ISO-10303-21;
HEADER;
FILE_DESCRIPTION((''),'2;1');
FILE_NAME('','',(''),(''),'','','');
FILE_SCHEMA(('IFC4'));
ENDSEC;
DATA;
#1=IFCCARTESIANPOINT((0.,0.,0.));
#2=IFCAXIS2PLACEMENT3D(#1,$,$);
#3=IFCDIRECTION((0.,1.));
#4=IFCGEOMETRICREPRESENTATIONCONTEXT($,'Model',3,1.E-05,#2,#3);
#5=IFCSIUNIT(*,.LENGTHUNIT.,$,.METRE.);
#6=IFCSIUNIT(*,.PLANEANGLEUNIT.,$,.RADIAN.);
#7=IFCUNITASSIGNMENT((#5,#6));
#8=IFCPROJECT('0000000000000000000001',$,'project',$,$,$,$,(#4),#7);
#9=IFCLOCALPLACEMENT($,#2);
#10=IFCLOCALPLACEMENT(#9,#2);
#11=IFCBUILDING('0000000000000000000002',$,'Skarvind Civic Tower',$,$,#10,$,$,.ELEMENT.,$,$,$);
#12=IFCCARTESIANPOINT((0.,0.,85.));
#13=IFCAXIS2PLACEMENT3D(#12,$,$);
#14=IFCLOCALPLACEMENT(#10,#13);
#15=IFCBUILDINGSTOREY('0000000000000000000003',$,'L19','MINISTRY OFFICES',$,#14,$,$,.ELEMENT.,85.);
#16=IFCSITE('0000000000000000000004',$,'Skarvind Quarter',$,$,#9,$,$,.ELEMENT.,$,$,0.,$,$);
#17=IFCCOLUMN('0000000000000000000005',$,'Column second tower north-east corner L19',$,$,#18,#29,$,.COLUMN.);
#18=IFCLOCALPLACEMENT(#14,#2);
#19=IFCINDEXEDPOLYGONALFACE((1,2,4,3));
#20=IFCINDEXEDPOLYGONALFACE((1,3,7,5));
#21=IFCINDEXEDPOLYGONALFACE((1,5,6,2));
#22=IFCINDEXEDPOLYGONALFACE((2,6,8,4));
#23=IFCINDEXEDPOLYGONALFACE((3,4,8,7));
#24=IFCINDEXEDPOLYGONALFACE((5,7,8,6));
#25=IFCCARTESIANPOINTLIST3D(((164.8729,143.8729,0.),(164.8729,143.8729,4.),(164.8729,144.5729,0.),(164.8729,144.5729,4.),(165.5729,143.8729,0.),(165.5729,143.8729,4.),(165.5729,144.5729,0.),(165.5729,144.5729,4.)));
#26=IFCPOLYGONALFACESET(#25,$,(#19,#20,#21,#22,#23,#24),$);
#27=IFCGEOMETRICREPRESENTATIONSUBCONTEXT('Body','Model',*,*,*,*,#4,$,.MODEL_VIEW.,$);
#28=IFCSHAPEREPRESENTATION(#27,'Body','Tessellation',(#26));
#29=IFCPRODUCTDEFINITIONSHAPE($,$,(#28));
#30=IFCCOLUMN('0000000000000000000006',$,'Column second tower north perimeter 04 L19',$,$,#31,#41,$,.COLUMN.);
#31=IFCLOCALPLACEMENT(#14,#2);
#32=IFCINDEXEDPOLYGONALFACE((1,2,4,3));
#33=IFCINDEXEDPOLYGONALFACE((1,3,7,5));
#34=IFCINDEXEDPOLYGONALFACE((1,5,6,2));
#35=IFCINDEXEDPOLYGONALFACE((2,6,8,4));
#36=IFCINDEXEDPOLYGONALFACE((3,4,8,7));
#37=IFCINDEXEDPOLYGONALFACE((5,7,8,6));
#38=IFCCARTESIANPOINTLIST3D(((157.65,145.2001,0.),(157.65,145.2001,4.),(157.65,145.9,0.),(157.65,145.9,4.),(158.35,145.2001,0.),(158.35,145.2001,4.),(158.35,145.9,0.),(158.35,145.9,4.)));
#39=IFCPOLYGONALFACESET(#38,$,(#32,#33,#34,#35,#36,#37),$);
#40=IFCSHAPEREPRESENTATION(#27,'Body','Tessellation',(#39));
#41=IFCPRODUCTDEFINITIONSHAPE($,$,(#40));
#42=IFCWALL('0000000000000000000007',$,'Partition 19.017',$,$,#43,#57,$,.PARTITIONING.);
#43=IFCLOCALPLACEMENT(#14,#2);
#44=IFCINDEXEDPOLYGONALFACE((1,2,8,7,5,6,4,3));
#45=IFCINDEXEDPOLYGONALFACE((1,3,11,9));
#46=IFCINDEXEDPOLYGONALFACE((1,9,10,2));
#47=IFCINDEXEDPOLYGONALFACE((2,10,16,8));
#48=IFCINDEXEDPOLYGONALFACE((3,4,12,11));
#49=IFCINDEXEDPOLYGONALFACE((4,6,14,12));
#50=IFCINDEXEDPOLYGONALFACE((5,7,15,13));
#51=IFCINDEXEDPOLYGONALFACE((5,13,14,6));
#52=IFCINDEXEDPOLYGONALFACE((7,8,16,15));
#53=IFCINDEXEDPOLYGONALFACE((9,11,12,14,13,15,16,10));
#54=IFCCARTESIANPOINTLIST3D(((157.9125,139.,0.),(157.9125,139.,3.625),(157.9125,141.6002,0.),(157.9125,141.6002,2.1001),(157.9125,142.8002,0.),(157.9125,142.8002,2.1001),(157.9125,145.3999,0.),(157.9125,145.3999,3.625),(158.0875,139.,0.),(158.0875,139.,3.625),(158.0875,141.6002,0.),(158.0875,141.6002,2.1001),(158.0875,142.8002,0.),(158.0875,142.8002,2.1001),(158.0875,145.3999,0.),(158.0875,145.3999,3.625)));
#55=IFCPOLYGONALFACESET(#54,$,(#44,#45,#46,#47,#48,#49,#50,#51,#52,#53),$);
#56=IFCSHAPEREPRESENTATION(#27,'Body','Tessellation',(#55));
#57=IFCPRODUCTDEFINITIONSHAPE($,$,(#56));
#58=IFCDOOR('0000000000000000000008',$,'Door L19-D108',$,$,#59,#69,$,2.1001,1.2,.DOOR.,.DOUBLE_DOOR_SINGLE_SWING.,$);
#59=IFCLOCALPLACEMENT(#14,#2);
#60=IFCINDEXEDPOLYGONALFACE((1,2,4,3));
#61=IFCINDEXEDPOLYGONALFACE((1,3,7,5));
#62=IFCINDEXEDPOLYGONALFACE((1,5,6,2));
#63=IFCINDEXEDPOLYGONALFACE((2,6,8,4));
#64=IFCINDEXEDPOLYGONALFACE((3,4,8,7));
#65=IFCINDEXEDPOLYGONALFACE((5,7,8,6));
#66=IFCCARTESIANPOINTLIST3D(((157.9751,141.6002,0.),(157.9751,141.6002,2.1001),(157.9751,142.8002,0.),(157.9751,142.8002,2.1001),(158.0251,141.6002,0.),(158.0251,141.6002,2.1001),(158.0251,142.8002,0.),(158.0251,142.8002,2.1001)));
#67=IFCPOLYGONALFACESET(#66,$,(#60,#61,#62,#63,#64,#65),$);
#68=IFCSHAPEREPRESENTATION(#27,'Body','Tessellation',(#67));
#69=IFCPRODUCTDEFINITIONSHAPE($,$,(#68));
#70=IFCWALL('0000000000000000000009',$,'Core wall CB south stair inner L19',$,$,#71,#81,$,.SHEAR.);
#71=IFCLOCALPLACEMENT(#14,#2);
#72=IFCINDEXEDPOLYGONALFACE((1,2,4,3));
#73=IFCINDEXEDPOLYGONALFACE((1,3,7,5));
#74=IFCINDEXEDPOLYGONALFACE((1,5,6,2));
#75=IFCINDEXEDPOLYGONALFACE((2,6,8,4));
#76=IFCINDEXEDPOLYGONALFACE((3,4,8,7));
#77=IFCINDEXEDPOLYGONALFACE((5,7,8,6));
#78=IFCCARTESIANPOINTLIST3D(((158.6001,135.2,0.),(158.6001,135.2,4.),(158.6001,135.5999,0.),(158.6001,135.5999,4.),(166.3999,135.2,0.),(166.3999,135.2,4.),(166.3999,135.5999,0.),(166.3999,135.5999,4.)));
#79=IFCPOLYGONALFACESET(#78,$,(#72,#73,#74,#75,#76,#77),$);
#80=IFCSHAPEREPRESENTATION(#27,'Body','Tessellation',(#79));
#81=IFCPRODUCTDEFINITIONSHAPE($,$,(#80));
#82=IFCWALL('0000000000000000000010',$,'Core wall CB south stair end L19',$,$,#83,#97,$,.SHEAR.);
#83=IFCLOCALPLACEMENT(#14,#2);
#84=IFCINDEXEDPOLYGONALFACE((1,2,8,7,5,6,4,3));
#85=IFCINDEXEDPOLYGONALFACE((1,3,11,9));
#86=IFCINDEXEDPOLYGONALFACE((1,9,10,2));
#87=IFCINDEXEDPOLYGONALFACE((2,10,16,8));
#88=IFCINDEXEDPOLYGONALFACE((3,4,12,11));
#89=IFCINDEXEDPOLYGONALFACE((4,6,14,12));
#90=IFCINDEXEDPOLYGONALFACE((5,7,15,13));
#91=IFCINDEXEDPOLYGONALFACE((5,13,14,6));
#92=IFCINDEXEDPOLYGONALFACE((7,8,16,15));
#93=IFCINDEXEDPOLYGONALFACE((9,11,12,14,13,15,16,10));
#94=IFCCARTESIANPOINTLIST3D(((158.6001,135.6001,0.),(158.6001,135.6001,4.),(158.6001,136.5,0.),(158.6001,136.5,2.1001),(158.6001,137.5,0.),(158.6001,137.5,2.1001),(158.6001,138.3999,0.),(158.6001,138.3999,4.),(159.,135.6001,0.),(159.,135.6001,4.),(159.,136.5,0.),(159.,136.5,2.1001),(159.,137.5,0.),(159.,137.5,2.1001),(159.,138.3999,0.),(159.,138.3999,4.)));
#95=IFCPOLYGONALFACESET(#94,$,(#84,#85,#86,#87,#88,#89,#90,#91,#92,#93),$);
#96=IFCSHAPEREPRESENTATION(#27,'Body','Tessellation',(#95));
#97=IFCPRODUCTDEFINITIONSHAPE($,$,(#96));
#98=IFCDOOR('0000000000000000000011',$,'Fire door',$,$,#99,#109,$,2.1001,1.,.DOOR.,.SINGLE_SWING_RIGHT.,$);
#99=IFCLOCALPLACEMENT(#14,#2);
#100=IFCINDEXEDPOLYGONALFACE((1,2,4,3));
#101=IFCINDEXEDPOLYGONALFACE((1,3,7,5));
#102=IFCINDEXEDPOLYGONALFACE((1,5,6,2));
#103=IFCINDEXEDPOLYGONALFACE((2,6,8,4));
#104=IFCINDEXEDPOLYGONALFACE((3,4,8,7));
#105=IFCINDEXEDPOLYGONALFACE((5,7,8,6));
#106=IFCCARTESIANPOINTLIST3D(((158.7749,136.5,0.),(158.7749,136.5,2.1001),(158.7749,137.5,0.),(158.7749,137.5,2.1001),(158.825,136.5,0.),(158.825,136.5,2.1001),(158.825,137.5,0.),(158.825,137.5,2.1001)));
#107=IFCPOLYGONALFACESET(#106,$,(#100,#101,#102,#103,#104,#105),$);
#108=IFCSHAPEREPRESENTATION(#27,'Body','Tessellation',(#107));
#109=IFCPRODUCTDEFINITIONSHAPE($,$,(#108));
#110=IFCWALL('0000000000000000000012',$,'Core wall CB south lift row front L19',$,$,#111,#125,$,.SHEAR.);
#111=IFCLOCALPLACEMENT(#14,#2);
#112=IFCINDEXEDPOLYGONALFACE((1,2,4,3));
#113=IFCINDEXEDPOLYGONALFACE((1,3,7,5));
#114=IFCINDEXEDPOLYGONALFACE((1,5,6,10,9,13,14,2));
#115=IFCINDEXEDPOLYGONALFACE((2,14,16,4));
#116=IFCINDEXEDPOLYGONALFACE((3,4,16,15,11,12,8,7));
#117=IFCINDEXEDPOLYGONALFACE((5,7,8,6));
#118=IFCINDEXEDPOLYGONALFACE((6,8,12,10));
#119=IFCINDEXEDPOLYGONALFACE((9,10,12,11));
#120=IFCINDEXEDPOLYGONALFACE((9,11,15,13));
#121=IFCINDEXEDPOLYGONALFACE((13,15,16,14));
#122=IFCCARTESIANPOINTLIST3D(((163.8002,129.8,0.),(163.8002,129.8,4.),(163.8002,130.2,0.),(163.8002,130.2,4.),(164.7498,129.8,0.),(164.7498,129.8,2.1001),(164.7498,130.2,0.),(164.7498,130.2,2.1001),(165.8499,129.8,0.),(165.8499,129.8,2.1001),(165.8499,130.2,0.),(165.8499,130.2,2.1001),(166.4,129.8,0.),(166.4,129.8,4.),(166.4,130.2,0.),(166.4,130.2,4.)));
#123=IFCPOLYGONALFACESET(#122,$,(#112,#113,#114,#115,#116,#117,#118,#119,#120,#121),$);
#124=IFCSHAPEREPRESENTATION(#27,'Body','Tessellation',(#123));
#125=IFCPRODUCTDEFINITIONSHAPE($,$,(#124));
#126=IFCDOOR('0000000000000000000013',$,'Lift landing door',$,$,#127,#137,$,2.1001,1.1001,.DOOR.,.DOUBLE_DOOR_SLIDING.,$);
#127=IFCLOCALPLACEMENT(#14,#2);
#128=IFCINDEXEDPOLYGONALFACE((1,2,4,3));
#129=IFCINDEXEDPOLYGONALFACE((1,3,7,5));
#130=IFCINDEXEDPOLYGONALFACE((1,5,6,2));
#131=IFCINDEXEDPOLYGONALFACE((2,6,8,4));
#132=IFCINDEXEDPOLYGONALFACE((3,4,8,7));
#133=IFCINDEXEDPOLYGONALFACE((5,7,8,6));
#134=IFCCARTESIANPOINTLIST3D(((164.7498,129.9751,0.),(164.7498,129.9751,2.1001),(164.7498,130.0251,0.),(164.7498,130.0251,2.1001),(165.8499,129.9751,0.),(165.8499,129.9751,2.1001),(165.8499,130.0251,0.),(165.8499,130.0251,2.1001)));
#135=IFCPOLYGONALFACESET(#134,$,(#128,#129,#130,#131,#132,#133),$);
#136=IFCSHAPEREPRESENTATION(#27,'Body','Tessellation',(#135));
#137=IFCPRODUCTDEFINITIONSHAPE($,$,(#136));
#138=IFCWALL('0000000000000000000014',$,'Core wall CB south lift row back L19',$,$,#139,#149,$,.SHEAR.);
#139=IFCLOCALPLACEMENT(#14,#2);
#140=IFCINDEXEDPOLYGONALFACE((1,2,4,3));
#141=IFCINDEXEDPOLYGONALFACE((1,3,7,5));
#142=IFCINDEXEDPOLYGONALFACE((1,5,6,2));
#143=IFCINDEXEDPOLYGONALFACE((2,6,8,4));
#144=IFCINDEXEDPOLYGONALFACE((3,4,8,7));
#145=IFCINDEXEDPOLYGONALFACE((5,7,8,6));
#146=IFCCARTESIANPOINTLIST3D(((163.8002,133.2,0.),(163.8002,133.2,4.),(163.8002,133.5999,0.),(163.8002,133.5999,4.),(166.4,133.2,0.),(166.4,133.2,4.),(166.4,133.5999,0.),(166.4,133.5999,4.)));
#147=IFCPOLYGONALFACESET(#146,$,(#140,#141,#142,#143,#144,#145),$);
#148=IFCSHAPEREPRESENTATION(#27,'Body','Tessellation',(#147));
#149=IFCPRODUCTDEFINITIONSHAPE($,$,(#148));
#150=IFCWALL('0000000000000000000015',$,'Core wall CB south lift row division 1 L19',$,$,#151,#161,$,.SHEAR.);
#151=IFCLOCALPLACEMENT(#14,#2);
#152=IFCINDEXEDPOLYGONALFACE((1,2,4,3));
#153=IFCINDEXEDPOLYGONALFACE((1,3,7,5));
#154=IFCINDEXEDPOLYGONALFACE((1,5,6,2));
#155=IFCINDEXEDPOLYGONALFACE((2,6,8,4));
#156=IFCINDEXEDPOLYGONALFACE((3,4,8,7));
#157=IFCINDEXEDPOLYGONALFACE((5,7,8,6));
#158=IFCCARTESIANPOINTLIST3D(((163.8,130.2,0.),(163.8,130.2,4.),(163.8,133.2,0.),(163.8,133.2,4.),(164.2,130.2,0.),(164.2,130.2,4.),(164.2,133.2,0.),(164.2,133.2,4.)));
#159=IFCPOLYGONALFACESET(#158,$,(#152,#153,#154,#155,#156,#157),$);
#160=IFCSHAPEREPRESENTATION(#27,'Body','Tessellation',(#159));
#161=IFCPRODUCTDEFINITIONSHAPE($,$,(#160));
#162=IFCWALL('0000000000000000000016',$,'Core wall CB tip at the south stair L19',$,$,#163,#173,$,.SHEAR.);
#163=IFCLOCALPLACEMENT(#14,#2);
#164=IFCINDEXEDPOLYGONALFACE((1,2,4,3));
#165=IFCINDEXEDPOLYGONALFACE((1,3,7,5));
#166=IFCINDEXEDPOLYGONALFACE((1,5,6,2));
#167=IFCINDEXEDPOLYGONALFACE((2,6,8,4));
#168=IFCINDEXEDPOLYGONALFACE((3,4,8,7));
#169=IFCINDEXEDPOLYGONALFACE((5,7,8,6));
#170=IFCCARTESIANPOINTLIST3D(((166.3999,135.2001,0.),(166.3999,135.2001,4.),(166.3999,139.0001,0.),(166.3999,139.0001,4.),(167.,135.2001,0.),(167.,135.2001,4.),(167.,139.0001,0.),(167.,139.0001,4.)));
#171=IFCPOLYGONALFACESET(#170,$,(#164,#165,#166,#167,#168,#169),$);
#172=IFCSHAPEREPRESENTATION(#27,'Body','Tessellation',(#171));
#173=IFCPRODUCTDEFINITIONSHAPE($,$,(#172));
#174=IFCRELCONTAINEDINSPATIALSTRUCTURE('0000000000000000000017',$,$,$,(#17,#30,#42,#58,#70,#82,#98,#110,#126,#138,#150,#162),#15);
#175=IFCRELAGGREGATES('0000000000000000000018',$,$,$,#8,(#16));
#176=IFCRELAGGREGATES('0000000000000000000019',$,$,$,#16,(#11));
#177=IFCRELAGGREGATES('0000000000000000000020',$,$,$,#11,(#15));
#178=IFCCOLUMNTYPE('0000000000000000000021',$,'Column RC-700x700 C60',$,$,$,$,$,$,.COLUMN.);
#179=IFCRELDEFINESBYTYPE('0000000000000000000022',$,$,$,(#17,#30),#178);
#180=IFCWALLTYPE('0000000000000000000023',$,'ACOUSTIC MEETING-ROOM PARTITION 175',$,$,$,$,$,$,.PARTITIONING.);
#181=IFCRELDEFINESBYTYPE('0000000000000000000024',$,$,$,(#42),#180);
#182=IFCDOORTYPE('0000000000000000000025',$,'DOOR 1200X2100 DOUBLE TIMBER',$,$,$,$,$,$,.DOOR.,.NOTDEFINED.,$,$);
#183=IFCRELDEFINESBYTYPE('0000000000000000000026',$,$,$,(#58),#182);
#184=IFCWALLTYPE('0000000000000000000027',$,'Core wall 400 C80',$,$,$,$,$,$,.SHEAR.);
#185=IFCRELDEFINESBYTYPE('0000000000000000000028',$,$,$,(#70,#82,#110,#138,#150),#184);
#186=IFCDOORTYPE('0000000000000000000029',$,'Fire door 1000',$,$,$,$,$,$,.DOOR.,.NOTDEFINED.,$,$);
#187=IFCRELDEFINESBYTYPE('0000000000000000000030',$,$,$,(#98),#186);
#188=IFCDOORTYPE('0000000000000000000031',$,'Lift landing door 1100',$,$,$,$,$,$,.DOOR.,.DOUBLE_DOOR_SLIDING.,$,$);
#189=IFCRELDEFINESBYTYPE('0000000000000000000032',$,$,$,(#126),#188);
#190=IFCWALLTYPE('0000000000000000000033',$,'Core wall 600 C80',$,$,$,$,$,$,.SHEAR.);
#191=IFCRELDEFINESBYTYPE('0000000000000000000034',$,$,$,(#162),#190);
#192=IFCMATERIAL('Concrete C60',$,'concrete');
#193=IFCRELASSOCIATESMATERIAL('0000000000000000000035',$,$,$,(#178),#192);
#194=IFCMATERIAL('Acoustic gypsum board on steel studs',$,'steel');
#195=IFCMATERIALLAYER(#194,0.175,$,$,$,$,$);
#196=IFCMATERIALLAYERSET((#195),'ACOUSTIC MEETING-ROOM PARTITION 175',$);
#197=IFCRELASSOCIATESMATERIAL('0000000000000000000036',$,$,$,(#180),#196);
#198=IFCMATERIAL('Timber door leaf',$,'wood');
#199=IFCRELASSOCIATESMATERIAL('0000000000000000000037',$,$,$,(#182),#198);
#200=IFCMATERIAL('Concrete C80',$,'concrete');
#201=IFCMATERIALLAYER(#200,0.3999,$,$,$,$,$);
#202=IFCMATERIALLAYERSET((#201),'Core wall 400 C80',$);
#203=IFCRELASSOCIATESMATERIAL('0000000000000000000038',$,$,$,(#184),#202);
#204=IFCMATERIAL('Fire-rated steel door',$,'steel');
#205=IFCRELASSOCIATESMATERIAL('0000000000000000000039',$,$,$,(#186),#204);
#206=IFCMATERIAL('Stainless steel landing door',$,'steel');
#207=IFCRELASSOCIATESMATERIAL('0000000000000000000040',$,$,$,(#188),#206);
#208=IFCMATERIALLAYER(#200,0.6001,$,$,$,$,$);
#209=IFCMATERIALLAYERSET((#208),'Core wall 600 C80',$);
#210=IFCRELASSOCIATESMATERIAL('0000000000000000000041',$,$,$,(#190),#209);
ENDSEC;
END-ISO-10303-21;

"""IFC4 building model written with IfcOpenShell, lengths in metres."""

from ifc_helpers import new_model, si_unit, direction, frame, frame_2d, origin, origin_2d, place, context, subcontext, project, spatial, rectangle, extrude, material, layer, layer_set, material_profile, profile_set, type_object, element, fill, save


model = new_model("IFC4")

# Units and contexts
model_context = context("Model", 3, precision=1e-05, world=origin(), true_north=direction((0.0, 1.0)))
body_context = subcontext(model_context, "Body", "Model", "MODEL_VIEW")
ifc_project = project(units=[si_unit("LENGTHUNIT", "METRE"), si_unit("PLANEANGLEUNIT", "RADIAN")], contexts=[model_context])

# Site, building, storey
site_placement = place(None, origin())
site = spatial("IfcSite", under=ifc_project, at=site_placement, Name="Skarvind Quarter", CompositionType="ELEMENT", RefElevation=0.0)
building_placement = place(site_placement, origin())
building = spatial("IfcBuilding", under=site, at=building_placement, Name="Skarvind Civic Tower", CompositionType="ELEMENT")
storey_placement = place(building_placement, frame((0.0, 0.0, 85.0)))
storey = spatial("IfcBuildingStorey", under=building, at=storey_placement, Name="L19", Description="MINISTRY OFFICES", CompositionType="ELEMENT", Elevation=85.0)

# Columns
ifc_material_1 = material(Name="Concrete C60", Category="concrete")
ifc_material_profile = material_profile(ifc_material_1, rectangle(XDim=0.7, YDim=0.7, at=origin_2d()), Name="RC-700x700")
ifc_profile_set = profile_set([ifc_material_profile], Name="Concrete C60")
column_type = type_object("IfcColumnType", Name="Column RC-700x700 C60", PredefinedType="COLUMN", material=ifc_profile_set)
for number, where, z_axis, x_axis, name in (
    (1, (165.2229, 144.2229, 0.0), (0.0, 0.0, 1.0), (1.0, 0.0, 0.0), "Column second tower north-east corner L19"),
    (2, (158.0, 145.55, 0.0), (0.0, 0.0, 1.0), (1.0, 0.0, 0.0), "Column second tower north perimeter 04 L19"),
):
    element("IfcColumn", number, at=place(storey_placement, frame(where, z_axis=z_axis, x_axis=x_axis)), inside=storey, type_object=column_type, Name=name, PredefinedType="COLUMN", context=body_context, shape_type="SweptSolid", body=[
        extrude(rectangle(XDim=0.7, YDim=0.7, at=origin_2d()), origin(), (0.0, 0.0, 1.0), 4.0),
    ])

# Wall, opening, door
ifc_material_2 = material(Name="Acoustic gypsum board on steel studs", Category="steel")
ifc_layer_1 = layer(ifc_material_2, 0.175)
ifc_layer_set_1 = layer_set([ifc_layer_1], Name="ACOUSTIC MEETING-ROOM PARTITION 175")
wall_type_1 = type_object("IfcWallType", Name="ACOUSTIC MEETING-ROOM PARTITION 175", PredefinedType="PARTITIONING", material=ifc_layer_set_1)
wall_1_placement = place(storey_placement, frame((158.0, 139.0, 0.0), z_axis=(0.0, 0.0, 1.0), x_axis=(0.0, 1.0, 0.0)))
wall_1 = element("IfcWall", 3, at=wall_1_placement, inside=storey, type_object=wall_type_1, Name="Partition 19.017", PredefinedType="PARTITIONING", context=body_context, shape_type="SweptSolid", body=[
    extrude(rectangle(XDim=6.3999, YDim=0.175, at=frame_2d((3.2, 0.0))), origin(), (0.0, 0.0, 1.0), 3.625),
])
opening_1_placement = place(wall_1_placement, frame((2.6001, 0.0, 0.0)))
opening_1 = element("IfcOpeningElement", 4, at=opening_1_placement, cuts=wall_1, PredefinedType="OPENING", context=body_context, shape_type="SweptSolid", body=[
    extrude(rectangle(XDim=1.2, YDim=2.1001, at=frame_2d((0.6001, 1.05))), frame((0.0, 0.0974, 0.0), z_axis=(0.0, -1.0, 0.0), x_axis=(1.0, 0.0, 0.0)), (0.0, 0.0, 1.0), 0.1951),
])
ifc_material_3 = material(Name="Timber door leaf", Category="wood")
door_type_1 = type_object("IfcDoorType", Name="DOOR 1200X2100 DOUBLE TIMBER", OperationType="NOTDEFINED", PredefinedType="DOOR", material=ifc_material_3)
door_1_placement = place(opening_1_placement, origin())
door_1 = element("IfcDoor", 5, at=door_1_placement, inside=storey, type_object=door_type_1, Name="Door L19-D108", OperationType="DOUBLE_DOOR_SINGLE_SWING", OverallHeight=2.1001, OverallWidth=1.2, PredefinedType="DOOR", context=body_context, shape_type="SweptSolid", body=[
    extrude(rectangle(XDim=1.2, YDim=2.1001, at=frame_2d((0.6001, 1.05))), frame((0.0, 0.0249, 0.0), z_axis=(0.0, -1.0, 0.0), x_axis=(1.0, 0.0, 0.0)), (0.0, 0.0, 1.0), 0.05),
])
fill(opening_1, door_1)

# Wall
ifc_material_4 = material(Name="Concrete C80", Category="concrete")
ifc_layer_2 = layer(ifc_material_4, 0.3999)
ifc_layer_set_2 = layer_set([ifc_layer_2], Name="Core wall 400 C80")
wall_type_2 = type_object("IfcWallType", Name="Core wall 400 C80", PredefinedType="SHEAR", material=ifc_layer_set_2)
wall_2_placement = place(storey_placement, frame((166.3999, 135.3999, 0.0), z_axis=(0.0, 0.0, 1.0), x_axis=(-1.0, 0.0, 0.0)))
element("IfcWall", 6, at=wall_2_placement, inside=storey, type_object=wall_type_2, Name="Core wall CB south stair inner L19", PredefinedType="SHEAR", context=body_context, shape_type="SweptSolid", body=[
    extrude(rectangle(XDim=7.7998, YDim=0.3999, at=frame_2d((3.8999, 0.0))), origin(), (0.0, 0.0, 1.0), 4.0),
])

# Walls, openings, doors
wall_3_placement = place(storey_placement, frame((158.8, 138.3999, 0.0), z_axis=(0.0, 0.0, 1.0), x_axis=(0.0, -1.0, 0.0)))
wall_3 = element("IfcWall", 7, at=wall_3_placement, inside=storey, type_object=wall_type_2, Name="Core wall CB south stair end L19", PredefinedType="SHEAR", context=body_context, shape_type="SweptSolid", body=[
    extrude(rectangle(XDim=2.7998, YDim=0.3999, at=frame_2d((1.3999, 0.0))), origin(), (0.0, 0.0, 1.0), 4.0),
])
opening_2_placement = place(wall_3_placement, frame((0.8999, 0.0, 0.0)))
opening_2 = element("IfcOpeningElement", 8, at=opening_2_placement, cuts=wall_3, PredefinedType="OPENING", context=body_context, shape_type="SweptSolid", body=[
    extrude(rectangle(XDim=1.0, YDim=2.1001, at=frame_2d((0.5, 1.05))), frame((0.0, 0.21, 0.0), z_axis=(0.0, -1.0, 0.0), x_axis=(1.0, 0.0, 0.0)), (0.0, 0.0, 1.0), 0.4199),
])
ifc_material_5 = material(Name="Fire-rated steel door", Category="steel")
door_type_2 = type_object("IfcDoorType", Name="Fire door 1000", OperationType="NOTDEFINED", PredefinedType="DOOR", material=ifc_material_5)
door_2_placement = place(opening_2_placement, origin())
door_2 = element("IfcDoor", 9, at=door_2_placement, inside=storey, type_object=door_type_2, Name="Fire door", OperationType="SINGLE_SWING_RIGHT", OverallHeight=2.1001, OverallWidth=1.0, PredefinedType="DOOR", context=body_context, shape_type="SweptSolid", body=[
    extrude(rectangle(XDim=1.0, YDim=2.1001, at=frame_2d((0.5, 1.05))), frame((0.0, 0.0249, 0.0), z_axis=(0.0, -1.0, 0.0), x_axis=(1.0, 0.0, 0.0)), (0.0, 0.0, 1.0), 0.05),
])
fill(opening_2, door_2)
wall_4_placement = place(storey_placement, frame((166.3999, 130.0, 0.0), z_axis=(0.0, 0.0, 1.0), x_axis=(-1.0, 0.0, 0.0)))
wall_4 = element("IfcWall", 10, at=wall_4_placement, inside=storey, type_object=wall_type_2, Name="Core wall CB south lift row front L19", PredefinedType="SHEAR", context=body_context, shape_type="SweptSolid", body=[
    extrude(rectangle(XDim=2.5999, YDim=0.3999, at=frame_2d((1.2998, 0.0))), origin(), (0.0, 0.0, 1.0), 4.0),
])
opening_3_placement = place(wall_4_placement, frame((0.55, 0.0, 0.0)))
opening_3 = element("IfcOpeningElement", 11, at=opening_3_placement, cuts=wall_4, PredefinedType="OPENING", context=body_context, shape_type="SweptSolid", body=[
    extrude(rectangle(XDim=1.1001, YDim=2.1001, at=frame_2d((0.55, 1.05))), frame((0.0, 0.21, 0.0), z_axis=(0.0, -1.0, 0.0), x_axis=(1.0, 0.0, 0.0)), (0.0, 0.0, 1.0), 0.4199),
])
ifc_material_6 = material(Name="Stainless steel landing door", Category="steel")
door_type_3 = type_object("IfcDoorType", Name="Lift landing door 1100", OperationType="DOUBLE_DOOR_SLIDING", PredefinedType="DOOR", material=ifc_material_6)
door_3_placement = place(opening_3_placement, origin())
door_3 = element("IfcDoor", 12, at=door_3_placement, inside=storey, type_object=door_type_3, Name="Lift landing door", OperationType="DOUBLE_DOOR_SLIDING", OverallHeight=2.1001, OverallWidth=1.1001, PredefinedType="DOOR", context=body_context, shape_type="SweptSolid", body=[
    extrude(rectangle(XDim=1.1001, YDim=2.1001, at=frame_2d((0.55, 1.05))), frame((0.0, 0.0249, 0.0), z_axis=(0.0, -1.0, 0.0), x_axis=(1.0, 0.0, 0.0)), (0.0, 0.0, 1.0), 0.05),
])
fill(opening_3, door_3)

# Walls
wall_5_placement = place(storey_placement, frame((166.3999, 133.3999, 0.0), z_axis=(0.0, 0.0, 1.0), x_axis=(-1.0, 0.0, 0.0)))
element("IfcWall", 13, at=wall_5_placement, inside=storey, type_object=wall_type_2, Name="Core wall CB south lift row back L19", PredefinedType="SHEAR", context=body_context, shape_type="SweptSolid", body=[
    extrude(rectangle(XDim=2.5999, YDim=0.3999, at=frame_2d((1.2998, 0.0))), origin(), (0.0, 0.0, 1.0), 4.0),
])
wall_6_placement = place(storey_placement, frame((164.0, 133.2, 0.0), z_axis=(0.0, 0.0, 1.0), x_axis=(0.0, -1.0, 0.0)))
element("IfcWall", 14, at=wall_6_placement, inside=storey, type_object=wall_type_2, Name="Core wall CB south lift row division 1 L19", PredefinedType="SHEAR", context=body_context, shape_type="SweptSolid", body=[
    extrude(rectangle(XDim=3.0, YDim=0.3999, at=frame_2d((1.5, 0.0))), origin(), (0.0, 0.0, 1.0), 4.0),
])
ifc_layer_3 = layer(ifc_material_4, 0.6001)
ifc_layer_set_3 = layer_set([ifc_layer_3], Name="Core wall 600 C80")
wall_type_3 = type_object("IfcWallType", Name="Core wall 600 C80", PredefinedType="SHEAR", material=ifc_layer_set_3)
wall_7_placement = place(storey_placement, frame((166.7, 139.0, 0.0), z_axis=(0.0, 0.0, 1.0), x_axis=(0.0, -1.0, 0.0)))
element("IfcWall", 15, at=wall_7_placement, inside=storey, type_object=wall_type_3, Name="Core wall CB tip at the south stair L19", PredefinedType="SHEAR", context=body_context, shape_type="SweptSolid", body=[
    extrude(rectangle(XDim=3.8, YDim=0.6001, at=frame_2d((1.8999, 0.0))), origin(), (0.0, 0.0, 1.0), 4.0),
])

save(model, "model.ifc")
